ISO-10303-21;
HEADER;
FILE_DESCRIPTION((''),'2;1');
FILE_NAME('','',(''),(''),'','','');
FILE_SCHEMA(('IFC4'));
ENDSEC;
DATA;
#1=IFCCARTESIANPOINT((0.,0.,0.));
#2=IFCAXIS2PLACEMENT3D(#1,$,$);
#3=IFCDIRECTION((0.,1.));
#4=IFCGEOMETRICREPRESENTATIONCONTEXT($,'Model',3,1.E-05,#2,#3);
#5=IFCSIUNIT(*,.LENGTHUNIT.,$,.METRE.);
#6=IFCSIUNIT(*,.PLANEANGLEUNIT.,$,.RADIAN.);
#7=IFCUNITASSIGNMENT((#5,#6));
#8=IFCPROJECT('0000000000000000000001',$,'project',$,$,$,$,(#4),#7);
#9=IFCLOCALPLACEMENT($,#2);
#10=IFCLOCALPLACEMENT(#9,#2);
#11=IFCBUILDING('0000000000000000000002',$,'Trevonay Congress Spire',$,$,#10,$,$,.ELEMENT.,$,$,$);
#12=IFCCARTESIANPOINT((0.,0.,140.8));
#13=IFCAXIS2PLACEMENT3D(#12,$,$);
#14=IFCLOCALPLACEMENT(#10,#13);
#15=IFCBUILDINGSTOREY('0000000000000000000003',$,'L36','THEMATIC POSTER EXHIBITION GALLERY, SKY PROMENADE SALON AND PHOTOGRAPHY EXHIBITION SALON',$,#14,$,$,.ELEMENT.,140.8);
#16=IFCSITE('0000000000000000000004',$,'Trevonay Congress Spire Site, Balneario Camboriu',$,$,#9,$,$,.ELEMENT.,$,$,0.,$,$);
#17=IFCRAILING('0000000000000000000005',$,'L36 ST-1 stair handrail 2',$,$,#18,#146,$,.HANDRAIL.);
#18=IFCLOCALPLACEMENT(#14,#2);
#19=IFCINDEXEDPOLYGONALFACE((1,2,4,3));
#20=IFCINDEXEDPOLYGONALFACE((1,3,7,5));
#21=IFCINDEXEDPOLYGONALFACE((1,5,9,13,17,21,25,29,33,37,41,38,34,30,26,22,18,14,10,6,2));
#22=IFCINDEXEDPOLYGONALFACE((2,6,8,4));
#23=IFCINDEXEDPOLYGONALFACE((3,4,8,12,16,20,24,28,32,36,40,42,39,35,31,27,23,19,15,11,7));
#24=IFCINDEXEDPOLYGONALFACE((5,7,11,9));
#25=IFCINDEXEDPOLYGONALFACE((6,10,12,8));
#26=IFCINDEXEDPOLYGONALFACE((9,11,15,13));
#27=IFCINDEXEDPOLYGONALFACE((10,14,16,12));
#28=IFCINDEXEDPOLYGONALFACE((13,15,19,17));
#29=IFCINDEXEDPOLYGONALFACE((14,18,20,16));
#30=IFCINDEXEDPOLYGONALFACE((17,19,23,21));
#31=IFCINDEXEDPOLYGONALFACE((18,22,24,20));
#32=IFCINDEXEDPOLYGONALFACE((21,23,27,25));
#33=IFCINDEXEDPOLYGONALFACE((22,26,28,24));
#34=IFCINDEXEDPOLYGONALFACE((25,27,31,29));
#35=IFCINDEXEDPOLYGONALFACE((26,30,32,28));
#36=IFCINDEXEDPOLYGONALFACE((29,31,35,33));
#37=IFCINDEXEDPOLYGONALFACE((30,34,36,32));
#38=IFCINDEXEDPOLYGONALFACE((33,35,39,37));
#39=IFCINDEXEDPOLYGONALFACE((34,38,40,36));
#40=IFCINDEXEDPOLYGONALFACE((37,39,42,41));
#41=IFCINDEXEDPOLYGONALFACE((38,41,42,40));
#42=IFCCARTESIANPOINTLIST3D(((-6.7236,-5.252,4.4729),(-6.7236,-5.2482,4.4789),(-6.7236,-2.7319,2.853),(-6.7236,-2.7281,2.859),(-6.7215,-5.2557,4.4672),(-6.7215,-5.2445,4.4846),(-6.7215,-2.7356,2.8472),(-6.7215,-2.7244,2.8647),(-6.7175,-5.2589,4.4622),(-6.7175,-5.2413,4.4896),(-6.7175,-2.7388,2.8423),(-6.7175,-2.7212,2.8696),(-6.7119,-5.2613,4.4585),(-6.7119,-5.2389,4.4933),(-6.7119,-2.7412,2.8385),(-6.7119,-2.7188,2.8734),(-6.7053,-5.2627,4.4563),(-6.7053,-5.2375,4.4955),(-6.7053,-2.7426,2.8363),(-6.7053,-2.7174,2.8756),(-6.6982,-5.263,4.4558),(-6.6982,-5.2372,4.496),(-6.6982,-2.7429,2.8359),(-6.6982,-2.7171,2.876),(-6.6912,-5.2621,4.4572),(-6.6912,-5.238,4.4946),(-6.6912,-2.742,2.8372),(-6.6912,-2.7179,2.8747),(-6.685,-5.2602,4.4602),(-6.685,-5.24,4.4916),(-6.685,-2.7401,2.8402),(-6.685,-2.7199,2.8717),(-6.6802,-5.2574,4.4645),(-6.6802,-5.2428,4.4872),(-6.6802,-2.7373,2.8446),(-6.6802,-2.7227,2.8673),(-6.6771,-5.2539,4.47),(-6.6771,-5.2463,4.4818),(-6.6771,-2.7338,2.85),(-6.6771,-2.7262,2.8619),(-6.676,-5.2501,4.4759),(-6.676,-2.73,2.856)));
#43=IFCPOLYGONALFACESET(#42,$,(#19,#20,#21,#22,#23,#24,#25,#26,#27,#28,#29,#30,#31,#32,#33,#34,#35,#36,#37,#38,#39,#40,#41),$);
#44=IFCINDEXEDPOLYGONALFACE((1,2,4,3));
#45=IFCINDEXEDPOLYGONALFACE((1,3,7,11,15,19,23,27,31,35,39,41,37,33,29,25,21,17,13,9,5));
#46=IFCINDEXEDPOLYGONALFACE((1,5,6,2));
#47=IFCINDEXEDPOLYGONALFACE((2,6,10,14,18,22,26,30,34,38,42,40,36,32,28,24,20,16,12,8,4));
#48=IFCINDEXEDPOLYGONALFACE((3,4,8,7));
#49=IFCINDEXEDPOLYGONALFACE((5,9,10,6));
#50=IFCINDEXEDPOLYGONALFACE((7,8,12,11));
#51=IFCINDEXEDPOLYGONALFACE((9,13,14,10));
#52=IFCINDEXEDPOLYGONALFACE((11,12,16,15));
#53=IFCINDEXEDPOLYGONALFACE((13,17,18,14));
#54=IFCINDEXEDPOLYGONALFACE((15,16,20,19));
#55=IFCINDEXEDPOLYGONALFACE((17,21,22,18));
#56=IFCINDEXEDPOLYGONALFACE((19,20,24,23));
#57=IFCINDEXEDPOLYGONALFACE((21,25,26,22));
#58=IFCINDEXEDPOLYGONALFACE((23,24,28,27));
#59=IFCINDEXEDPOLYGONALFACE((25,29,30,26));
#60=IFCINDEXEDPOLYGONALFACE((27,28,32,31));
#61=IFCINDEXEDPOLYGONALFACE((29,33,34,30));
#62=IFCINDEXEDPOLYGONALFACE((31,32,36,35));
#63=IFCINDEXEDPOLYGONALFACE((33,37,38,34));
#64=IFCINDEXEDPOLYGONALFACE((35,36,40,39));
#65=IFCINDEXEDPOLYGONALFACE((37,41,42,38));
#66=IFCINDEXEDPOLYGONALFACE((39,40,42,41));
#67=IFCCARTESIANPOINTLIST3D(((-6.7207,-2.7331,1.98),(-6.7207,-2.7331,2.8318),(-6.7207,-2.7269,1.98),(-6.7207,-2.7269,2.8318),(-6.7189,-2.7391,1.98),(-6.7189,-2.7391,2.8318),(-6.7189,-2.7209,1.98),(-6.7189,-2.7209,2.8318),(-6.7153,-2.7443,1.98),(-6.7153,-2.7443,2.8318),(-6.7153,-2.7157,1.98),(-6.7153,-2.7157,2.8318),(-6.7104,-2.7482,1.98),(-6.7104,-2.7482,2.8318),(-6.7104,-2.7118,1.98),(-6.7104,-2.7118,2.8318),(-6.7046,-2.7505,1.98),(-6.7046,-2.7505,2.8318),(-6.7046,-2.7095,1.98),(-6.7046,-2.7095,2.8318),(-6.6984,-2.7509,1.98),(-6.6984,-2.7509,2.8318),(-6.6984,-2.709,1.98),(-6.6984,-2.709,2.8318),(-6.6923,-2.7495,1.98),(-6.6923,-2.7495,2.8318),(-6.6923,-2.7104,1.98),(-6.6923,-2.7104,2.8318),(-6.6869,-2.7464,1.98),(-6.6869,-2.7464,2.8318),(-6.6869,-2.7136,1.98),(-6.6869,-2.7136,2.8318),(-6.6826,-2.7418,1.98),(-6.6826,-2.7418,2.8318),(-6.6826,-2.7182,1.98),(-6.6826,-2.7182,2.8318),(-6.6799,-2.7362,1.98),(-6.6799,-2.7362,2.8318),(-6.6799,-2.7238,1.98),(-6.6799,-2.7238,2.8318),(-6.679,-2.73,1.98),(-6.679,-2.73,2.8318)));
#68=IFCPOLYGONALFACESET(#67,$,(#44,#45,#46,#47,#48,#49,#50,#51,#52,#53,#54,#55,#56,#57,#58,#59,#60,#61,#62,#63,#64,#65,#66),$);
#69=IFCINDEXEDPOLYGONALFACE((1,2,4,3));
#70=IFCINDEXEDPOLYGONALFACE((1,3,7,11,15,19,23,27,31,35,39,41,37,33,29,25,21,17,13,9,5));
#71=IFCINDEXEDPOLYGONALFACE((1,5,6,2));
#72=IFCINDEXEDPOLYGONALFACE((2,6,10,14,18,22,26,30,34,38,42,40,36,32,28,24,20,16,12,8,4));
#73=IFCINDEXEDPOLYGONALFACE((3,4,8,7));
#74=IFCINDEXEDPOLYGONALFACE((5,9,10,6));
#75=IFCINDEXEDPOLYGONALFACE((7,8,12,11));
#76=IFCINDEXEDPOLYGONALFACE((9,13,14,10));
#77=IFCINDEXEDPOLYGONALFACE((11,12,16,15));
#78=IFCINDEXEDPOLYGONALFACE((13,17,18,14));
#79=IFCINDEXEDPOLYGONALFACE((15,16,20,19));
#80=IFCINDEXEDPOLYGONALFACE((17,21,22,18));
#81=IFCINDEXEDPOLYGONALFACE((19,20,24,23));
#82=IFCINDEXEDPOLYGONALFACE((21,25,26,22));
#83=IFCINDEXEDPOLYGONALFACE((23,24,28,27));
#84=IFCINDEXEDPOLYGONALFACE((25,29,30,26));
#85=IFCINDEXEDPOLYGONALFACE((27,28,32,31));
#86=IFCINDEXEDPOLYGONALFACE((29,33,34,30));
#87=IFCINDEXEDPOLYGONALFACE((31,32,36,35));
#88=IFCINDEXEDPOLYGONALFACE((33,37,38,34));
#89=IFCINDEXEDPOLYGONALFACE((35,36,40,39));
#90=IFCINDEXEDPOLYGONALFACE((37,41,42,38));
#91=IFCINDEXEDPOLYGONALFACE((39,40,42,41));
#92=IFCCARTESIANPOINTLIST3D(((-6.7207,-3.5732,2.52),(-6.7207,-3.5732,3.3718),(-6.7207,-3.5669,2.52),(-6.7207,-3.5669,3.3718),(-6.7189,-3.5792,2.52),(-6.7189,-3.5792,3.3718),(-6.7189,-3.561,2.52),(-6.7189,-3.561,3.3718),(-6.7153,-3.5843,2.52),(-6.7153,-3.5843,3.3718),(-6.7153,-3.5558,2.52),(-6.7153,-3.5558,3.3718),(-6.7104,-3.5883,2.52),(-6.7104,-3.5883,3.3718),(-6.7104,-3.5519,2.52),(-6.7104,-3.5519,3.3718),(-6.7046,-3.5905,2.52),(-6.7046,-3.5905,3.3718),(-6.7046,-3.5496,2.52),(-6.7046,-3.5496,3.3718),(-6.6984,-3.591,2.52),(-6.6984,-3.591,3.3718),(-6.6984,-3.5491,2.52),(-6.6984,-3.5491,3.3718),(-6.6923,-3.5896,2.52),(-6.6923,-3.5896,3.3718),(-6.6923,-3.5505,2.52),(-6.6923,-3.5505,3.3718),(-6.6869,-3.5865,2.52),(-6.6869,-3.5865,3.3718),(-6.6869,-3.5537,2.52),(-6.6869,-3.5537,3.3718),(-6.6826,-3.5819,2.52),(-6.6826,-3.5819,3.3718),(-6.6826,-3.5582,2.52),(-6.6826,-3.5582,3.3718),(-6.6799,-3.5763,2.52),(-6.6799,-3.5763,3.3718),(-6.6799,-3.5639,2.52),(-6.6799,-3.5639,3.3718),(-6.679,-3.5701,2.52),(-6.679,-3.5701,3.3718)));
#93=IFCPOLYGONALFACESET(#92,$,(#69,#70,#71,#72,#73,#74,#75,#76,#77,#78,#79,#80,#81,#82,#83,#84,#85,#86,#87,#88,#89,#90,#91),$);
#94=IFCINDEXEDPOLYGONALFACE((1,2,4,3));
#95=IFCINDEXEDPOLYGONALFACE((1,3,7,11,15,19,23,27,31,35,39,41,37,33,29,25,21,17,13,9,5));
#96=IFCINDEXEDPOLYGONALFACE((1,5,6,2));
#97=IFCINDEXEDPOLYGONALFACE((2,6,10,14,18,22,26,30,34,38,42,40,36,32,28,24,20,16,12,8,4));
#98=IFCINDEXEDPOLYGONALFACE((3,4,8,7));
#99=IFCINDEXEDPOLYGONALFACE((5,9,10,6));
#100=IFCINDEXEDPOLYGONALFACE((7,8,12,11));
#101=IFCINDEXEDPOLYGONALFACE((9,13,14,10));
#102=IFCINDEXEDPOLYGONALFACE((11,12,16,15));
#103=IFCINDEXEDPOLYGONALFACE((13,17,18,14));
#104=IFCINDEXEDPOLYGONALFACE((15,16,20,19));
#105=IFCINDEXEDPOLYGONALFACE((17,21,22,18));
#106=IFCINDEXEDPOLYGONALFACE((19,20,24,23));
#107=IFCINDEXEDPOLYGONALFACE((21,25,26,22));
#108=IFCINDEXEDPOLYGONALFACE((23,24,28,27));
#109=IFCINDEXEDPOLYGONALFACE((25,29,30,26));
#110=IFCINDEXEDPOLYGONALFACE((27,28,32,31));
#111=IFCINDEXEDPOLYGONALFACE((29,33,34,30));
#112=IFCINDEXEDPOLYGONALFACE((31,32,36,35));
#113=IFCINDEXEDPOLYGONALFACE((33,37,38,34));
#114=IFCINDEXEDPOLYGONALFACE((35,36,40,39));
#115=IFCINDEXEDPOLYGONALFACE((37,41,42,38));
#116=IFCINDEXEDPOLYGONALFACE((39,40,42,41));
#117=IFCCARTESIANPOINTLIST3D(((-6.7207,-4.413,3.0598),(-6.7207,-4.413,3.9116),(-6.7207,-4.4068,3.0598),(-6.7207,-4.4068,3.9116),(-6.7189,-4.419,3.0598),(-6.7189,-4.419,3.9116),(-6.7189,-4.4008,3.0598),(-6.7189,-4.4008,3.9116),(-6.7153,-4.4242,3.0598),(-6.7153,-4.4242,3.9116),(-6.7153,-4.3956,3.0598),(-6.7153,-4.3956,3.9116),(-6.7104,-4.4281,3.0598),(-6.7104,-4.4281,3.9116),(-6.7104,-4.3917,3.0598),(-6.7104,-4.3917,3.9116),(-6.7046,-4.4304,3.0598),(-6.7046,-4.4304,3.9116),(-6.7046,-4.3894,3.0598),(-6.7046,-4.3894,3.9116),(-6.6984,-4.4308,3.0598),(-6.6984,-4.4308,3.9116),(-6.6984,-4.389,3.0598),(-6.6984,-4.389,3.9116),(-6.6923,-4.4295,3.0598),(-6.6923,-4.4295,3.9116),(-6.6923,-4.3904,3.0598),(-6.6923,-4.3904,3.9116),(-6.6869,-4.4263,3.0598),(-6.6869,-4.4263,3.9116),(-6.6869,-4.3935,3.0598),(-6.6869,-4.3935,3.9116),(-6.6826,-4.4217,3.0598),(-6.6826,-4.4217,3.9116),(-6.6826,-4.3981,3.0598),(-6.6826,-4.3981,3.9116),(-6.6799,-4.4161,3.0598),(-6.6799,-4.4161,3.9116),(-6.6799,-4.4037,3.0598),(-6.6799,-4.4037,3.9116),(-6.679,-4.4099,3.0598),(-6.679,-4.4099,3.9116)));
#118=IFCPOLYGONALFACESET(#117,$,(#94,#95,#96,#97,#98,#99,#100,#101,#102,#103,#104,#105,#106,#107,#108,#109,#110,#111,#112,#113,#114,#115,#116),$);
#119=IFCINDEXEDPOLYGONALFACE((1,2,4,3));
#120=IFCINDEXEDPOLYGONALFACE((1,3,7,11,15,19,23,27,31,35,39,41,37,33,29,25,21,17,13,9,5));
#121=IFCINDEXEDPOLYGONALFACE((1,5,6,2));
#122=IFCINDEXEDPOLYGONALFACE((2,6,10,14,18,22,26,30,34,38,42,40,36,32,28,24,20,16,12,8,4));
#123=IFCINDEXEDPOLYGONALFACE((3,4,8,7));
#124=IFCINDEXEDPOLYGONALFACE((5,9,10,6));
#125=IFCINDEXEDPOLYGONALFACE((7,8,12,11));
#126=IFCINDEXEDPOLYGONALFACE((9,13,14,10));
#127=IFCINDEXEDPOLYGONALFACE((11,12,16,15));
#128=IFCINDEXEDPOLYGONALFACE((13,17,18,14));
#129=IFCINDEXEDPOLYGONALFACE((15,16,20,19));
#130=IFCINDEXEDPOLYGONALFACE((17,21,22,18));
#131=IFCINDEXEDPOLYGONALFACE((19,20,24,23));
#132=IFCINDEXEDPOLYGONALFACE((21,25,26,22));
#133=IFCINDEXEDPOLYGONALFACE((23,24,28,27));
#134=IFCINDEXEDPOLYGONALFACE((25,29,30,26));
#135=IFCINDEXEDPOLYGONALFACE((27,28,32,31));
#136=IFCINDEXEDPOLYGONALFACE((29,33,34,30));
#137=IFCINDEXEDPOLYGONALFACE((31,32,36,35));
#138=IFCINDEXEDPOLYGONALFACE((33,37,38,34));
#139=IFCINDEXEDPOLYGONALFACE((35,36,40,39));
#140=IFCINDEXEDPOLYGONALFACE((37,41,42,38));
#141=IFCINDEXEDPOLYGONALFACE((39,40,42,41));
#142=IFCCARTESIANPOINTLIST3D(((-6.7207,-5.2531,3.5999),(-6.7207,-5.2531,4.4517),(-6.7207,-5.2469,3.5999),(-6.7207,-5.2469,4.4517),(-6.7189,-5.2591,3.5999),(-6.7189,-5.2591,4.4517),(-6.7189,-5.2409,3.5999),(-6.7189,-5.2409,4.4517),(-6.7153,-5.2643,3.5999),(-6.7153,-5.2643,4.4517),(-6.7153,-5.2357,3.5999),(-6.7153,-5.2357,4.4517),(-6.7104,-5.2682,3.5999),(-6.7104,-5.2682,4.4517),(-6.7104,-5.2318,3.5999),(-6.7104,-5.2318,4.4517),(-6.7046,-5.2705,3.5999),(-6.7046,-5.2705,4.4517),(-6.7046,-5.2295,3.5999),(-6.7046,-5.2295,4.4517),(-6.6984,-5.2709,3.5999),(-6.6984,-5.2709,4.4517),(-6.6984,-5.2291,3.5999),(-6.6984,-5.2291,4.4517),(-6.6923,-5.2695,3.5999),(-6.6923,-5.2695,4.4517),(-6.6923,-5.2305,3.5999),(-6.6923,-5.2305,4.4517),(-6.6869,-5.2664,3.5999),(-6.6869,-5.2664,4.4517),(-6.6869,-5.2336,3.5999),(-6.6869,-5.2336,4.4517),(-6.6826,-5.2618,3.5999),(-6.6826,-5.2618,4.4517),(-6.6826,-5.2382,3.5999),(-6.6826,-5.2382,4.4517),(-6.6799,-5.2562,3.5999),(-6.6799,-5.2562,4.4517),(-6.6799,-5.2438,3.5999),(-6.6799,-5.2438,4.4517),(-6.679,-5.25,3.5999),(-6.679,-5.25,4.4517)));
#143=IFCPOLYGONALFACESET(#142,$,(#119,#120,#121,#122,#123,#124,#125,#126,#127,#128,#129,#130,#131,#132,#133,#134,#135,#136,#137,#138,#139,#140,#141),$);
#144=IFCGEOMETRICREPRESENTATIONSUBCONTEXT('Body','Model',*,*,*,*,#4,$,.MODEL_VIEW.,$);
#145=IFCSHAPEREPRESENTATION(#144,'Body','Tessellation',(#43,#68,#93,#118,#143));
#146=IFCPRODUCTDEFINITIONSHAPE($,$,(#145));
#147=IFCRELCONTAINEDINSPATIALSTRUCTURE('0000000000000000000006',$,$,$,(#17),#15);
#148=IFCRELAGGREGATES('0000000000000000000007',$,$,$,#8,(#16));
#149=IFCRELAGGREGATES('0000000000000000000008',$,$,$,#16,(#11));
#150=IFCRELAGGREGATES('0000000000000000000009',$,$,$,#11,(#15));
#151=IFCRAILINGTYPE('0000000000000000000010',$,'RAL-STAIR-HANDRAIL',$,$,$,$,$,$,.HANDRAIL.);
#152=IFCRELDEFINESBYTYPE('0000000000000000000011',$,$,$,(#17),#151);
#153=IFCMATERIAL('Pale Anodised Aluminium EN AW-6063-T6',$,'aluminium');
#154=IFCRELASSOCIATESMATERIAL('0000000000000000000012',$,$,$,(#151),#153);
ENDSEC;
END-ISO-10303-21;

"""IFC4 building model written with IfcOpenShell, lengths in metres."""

from ifc_helpers import new_model, si_unit, direction, frame, origin, origin_2d, place, context, subcontext, project, spatial, circle, extrude, material, type_object, element, save


model = new_model("IFC4")

# Units and contexts
model_context = context("Model", 3, precision=1e-05, world=origin(), true_north=direction((0.0, 1.0)))
body_context = subcontext(model_context, "Body", "Model", "MODEL_VIEW")
ifc_project = project(units=[si_unit("LENGTHUNIT", "METRE"), si_unit("PLANEANGLEUNIT", "RADIAN")], contexts=[model_context])

# Site, building, storey
site_placement = place(None, origin())
site = spatial("IfcSite", under=ifc_project, at=site_placement, Name="Trevonay Congress Spire Site, Balneario Camboriu", CompositionType="ELEMENT", RefElevation=0.0)
building_placement = place(site_placement, origin())
building = spatial("IfcBuilding", under=site, at=building_placement, Name="Trevonay Congress Spire", CompositionType="ELEMENT")
storey_placement = place(building_placement, frame((0.0, 0.0, 140.8)))
storey = spatial("IfcBuildingStorey", under=building, at=storey_placement, Name="L36", Description="THEMATIC POSTER EXHIBITION GALLERY, SKY PROMENADE SALON AND PHOTOGRAPHY EXHIBITION SALON", CompositionType="ELEMENT", Elevation=140.8)

# Shared definitions
ifc_material_1 = material(Name="Pale Anodised Aluminium EN AW-6063-T6", Category="aluminium")

# Railing
railing_type_1 = type_object("IfcRailingType", Name="RAL-STAIR-HANDRAIL", PredefinedType="HANDRAIL", material=ifc_material_1)
railing_1_placement = place(storey_placement, frame((-6.7, -2.73, 1.98)))
element("IfcRailing", 1, at=railing_1_placement, inside=storey, type_object=railing_type_1, Name="L36 ST-1 stair handrail 2", PredefinedType="HANDRAIL", context=body_context, shape_type="SweptSolid", body=[
    extrude(circle(Radius=0.0239, at=origin_2d()), frame((0.0, 0.0, 0.876), z_axis=(0.0, -0.8412, 0.540725), x_axis=(1.0, 0.0, 0.0)), (0.0, 0.0, 1.0), 2.9958),
    extrude(circle(Radius=0.021, at=origin_2d()), origin(), (0.0, 0.0, 1.0), 0.8518),
    extrude(circle(Radius=0.021, at=origin_2d()), frame((0.0, -0.8401, 0.54)), (0.0, 0.0, 1.0), 0.8518),
    extrude(circle(Radius=0.021, at=origin_2d()), frame((0.0, -1.6799, 1.0798)), (0.0, 0.0, 1.0), 0.8518),
    extrude(circle(Radius=0.021, at=origin_2d()), frame((0.0, -2.52, 1.6199)), (0.0, 0.0, 1.0), 0.8518),
])

save(model, "model.ifc")
